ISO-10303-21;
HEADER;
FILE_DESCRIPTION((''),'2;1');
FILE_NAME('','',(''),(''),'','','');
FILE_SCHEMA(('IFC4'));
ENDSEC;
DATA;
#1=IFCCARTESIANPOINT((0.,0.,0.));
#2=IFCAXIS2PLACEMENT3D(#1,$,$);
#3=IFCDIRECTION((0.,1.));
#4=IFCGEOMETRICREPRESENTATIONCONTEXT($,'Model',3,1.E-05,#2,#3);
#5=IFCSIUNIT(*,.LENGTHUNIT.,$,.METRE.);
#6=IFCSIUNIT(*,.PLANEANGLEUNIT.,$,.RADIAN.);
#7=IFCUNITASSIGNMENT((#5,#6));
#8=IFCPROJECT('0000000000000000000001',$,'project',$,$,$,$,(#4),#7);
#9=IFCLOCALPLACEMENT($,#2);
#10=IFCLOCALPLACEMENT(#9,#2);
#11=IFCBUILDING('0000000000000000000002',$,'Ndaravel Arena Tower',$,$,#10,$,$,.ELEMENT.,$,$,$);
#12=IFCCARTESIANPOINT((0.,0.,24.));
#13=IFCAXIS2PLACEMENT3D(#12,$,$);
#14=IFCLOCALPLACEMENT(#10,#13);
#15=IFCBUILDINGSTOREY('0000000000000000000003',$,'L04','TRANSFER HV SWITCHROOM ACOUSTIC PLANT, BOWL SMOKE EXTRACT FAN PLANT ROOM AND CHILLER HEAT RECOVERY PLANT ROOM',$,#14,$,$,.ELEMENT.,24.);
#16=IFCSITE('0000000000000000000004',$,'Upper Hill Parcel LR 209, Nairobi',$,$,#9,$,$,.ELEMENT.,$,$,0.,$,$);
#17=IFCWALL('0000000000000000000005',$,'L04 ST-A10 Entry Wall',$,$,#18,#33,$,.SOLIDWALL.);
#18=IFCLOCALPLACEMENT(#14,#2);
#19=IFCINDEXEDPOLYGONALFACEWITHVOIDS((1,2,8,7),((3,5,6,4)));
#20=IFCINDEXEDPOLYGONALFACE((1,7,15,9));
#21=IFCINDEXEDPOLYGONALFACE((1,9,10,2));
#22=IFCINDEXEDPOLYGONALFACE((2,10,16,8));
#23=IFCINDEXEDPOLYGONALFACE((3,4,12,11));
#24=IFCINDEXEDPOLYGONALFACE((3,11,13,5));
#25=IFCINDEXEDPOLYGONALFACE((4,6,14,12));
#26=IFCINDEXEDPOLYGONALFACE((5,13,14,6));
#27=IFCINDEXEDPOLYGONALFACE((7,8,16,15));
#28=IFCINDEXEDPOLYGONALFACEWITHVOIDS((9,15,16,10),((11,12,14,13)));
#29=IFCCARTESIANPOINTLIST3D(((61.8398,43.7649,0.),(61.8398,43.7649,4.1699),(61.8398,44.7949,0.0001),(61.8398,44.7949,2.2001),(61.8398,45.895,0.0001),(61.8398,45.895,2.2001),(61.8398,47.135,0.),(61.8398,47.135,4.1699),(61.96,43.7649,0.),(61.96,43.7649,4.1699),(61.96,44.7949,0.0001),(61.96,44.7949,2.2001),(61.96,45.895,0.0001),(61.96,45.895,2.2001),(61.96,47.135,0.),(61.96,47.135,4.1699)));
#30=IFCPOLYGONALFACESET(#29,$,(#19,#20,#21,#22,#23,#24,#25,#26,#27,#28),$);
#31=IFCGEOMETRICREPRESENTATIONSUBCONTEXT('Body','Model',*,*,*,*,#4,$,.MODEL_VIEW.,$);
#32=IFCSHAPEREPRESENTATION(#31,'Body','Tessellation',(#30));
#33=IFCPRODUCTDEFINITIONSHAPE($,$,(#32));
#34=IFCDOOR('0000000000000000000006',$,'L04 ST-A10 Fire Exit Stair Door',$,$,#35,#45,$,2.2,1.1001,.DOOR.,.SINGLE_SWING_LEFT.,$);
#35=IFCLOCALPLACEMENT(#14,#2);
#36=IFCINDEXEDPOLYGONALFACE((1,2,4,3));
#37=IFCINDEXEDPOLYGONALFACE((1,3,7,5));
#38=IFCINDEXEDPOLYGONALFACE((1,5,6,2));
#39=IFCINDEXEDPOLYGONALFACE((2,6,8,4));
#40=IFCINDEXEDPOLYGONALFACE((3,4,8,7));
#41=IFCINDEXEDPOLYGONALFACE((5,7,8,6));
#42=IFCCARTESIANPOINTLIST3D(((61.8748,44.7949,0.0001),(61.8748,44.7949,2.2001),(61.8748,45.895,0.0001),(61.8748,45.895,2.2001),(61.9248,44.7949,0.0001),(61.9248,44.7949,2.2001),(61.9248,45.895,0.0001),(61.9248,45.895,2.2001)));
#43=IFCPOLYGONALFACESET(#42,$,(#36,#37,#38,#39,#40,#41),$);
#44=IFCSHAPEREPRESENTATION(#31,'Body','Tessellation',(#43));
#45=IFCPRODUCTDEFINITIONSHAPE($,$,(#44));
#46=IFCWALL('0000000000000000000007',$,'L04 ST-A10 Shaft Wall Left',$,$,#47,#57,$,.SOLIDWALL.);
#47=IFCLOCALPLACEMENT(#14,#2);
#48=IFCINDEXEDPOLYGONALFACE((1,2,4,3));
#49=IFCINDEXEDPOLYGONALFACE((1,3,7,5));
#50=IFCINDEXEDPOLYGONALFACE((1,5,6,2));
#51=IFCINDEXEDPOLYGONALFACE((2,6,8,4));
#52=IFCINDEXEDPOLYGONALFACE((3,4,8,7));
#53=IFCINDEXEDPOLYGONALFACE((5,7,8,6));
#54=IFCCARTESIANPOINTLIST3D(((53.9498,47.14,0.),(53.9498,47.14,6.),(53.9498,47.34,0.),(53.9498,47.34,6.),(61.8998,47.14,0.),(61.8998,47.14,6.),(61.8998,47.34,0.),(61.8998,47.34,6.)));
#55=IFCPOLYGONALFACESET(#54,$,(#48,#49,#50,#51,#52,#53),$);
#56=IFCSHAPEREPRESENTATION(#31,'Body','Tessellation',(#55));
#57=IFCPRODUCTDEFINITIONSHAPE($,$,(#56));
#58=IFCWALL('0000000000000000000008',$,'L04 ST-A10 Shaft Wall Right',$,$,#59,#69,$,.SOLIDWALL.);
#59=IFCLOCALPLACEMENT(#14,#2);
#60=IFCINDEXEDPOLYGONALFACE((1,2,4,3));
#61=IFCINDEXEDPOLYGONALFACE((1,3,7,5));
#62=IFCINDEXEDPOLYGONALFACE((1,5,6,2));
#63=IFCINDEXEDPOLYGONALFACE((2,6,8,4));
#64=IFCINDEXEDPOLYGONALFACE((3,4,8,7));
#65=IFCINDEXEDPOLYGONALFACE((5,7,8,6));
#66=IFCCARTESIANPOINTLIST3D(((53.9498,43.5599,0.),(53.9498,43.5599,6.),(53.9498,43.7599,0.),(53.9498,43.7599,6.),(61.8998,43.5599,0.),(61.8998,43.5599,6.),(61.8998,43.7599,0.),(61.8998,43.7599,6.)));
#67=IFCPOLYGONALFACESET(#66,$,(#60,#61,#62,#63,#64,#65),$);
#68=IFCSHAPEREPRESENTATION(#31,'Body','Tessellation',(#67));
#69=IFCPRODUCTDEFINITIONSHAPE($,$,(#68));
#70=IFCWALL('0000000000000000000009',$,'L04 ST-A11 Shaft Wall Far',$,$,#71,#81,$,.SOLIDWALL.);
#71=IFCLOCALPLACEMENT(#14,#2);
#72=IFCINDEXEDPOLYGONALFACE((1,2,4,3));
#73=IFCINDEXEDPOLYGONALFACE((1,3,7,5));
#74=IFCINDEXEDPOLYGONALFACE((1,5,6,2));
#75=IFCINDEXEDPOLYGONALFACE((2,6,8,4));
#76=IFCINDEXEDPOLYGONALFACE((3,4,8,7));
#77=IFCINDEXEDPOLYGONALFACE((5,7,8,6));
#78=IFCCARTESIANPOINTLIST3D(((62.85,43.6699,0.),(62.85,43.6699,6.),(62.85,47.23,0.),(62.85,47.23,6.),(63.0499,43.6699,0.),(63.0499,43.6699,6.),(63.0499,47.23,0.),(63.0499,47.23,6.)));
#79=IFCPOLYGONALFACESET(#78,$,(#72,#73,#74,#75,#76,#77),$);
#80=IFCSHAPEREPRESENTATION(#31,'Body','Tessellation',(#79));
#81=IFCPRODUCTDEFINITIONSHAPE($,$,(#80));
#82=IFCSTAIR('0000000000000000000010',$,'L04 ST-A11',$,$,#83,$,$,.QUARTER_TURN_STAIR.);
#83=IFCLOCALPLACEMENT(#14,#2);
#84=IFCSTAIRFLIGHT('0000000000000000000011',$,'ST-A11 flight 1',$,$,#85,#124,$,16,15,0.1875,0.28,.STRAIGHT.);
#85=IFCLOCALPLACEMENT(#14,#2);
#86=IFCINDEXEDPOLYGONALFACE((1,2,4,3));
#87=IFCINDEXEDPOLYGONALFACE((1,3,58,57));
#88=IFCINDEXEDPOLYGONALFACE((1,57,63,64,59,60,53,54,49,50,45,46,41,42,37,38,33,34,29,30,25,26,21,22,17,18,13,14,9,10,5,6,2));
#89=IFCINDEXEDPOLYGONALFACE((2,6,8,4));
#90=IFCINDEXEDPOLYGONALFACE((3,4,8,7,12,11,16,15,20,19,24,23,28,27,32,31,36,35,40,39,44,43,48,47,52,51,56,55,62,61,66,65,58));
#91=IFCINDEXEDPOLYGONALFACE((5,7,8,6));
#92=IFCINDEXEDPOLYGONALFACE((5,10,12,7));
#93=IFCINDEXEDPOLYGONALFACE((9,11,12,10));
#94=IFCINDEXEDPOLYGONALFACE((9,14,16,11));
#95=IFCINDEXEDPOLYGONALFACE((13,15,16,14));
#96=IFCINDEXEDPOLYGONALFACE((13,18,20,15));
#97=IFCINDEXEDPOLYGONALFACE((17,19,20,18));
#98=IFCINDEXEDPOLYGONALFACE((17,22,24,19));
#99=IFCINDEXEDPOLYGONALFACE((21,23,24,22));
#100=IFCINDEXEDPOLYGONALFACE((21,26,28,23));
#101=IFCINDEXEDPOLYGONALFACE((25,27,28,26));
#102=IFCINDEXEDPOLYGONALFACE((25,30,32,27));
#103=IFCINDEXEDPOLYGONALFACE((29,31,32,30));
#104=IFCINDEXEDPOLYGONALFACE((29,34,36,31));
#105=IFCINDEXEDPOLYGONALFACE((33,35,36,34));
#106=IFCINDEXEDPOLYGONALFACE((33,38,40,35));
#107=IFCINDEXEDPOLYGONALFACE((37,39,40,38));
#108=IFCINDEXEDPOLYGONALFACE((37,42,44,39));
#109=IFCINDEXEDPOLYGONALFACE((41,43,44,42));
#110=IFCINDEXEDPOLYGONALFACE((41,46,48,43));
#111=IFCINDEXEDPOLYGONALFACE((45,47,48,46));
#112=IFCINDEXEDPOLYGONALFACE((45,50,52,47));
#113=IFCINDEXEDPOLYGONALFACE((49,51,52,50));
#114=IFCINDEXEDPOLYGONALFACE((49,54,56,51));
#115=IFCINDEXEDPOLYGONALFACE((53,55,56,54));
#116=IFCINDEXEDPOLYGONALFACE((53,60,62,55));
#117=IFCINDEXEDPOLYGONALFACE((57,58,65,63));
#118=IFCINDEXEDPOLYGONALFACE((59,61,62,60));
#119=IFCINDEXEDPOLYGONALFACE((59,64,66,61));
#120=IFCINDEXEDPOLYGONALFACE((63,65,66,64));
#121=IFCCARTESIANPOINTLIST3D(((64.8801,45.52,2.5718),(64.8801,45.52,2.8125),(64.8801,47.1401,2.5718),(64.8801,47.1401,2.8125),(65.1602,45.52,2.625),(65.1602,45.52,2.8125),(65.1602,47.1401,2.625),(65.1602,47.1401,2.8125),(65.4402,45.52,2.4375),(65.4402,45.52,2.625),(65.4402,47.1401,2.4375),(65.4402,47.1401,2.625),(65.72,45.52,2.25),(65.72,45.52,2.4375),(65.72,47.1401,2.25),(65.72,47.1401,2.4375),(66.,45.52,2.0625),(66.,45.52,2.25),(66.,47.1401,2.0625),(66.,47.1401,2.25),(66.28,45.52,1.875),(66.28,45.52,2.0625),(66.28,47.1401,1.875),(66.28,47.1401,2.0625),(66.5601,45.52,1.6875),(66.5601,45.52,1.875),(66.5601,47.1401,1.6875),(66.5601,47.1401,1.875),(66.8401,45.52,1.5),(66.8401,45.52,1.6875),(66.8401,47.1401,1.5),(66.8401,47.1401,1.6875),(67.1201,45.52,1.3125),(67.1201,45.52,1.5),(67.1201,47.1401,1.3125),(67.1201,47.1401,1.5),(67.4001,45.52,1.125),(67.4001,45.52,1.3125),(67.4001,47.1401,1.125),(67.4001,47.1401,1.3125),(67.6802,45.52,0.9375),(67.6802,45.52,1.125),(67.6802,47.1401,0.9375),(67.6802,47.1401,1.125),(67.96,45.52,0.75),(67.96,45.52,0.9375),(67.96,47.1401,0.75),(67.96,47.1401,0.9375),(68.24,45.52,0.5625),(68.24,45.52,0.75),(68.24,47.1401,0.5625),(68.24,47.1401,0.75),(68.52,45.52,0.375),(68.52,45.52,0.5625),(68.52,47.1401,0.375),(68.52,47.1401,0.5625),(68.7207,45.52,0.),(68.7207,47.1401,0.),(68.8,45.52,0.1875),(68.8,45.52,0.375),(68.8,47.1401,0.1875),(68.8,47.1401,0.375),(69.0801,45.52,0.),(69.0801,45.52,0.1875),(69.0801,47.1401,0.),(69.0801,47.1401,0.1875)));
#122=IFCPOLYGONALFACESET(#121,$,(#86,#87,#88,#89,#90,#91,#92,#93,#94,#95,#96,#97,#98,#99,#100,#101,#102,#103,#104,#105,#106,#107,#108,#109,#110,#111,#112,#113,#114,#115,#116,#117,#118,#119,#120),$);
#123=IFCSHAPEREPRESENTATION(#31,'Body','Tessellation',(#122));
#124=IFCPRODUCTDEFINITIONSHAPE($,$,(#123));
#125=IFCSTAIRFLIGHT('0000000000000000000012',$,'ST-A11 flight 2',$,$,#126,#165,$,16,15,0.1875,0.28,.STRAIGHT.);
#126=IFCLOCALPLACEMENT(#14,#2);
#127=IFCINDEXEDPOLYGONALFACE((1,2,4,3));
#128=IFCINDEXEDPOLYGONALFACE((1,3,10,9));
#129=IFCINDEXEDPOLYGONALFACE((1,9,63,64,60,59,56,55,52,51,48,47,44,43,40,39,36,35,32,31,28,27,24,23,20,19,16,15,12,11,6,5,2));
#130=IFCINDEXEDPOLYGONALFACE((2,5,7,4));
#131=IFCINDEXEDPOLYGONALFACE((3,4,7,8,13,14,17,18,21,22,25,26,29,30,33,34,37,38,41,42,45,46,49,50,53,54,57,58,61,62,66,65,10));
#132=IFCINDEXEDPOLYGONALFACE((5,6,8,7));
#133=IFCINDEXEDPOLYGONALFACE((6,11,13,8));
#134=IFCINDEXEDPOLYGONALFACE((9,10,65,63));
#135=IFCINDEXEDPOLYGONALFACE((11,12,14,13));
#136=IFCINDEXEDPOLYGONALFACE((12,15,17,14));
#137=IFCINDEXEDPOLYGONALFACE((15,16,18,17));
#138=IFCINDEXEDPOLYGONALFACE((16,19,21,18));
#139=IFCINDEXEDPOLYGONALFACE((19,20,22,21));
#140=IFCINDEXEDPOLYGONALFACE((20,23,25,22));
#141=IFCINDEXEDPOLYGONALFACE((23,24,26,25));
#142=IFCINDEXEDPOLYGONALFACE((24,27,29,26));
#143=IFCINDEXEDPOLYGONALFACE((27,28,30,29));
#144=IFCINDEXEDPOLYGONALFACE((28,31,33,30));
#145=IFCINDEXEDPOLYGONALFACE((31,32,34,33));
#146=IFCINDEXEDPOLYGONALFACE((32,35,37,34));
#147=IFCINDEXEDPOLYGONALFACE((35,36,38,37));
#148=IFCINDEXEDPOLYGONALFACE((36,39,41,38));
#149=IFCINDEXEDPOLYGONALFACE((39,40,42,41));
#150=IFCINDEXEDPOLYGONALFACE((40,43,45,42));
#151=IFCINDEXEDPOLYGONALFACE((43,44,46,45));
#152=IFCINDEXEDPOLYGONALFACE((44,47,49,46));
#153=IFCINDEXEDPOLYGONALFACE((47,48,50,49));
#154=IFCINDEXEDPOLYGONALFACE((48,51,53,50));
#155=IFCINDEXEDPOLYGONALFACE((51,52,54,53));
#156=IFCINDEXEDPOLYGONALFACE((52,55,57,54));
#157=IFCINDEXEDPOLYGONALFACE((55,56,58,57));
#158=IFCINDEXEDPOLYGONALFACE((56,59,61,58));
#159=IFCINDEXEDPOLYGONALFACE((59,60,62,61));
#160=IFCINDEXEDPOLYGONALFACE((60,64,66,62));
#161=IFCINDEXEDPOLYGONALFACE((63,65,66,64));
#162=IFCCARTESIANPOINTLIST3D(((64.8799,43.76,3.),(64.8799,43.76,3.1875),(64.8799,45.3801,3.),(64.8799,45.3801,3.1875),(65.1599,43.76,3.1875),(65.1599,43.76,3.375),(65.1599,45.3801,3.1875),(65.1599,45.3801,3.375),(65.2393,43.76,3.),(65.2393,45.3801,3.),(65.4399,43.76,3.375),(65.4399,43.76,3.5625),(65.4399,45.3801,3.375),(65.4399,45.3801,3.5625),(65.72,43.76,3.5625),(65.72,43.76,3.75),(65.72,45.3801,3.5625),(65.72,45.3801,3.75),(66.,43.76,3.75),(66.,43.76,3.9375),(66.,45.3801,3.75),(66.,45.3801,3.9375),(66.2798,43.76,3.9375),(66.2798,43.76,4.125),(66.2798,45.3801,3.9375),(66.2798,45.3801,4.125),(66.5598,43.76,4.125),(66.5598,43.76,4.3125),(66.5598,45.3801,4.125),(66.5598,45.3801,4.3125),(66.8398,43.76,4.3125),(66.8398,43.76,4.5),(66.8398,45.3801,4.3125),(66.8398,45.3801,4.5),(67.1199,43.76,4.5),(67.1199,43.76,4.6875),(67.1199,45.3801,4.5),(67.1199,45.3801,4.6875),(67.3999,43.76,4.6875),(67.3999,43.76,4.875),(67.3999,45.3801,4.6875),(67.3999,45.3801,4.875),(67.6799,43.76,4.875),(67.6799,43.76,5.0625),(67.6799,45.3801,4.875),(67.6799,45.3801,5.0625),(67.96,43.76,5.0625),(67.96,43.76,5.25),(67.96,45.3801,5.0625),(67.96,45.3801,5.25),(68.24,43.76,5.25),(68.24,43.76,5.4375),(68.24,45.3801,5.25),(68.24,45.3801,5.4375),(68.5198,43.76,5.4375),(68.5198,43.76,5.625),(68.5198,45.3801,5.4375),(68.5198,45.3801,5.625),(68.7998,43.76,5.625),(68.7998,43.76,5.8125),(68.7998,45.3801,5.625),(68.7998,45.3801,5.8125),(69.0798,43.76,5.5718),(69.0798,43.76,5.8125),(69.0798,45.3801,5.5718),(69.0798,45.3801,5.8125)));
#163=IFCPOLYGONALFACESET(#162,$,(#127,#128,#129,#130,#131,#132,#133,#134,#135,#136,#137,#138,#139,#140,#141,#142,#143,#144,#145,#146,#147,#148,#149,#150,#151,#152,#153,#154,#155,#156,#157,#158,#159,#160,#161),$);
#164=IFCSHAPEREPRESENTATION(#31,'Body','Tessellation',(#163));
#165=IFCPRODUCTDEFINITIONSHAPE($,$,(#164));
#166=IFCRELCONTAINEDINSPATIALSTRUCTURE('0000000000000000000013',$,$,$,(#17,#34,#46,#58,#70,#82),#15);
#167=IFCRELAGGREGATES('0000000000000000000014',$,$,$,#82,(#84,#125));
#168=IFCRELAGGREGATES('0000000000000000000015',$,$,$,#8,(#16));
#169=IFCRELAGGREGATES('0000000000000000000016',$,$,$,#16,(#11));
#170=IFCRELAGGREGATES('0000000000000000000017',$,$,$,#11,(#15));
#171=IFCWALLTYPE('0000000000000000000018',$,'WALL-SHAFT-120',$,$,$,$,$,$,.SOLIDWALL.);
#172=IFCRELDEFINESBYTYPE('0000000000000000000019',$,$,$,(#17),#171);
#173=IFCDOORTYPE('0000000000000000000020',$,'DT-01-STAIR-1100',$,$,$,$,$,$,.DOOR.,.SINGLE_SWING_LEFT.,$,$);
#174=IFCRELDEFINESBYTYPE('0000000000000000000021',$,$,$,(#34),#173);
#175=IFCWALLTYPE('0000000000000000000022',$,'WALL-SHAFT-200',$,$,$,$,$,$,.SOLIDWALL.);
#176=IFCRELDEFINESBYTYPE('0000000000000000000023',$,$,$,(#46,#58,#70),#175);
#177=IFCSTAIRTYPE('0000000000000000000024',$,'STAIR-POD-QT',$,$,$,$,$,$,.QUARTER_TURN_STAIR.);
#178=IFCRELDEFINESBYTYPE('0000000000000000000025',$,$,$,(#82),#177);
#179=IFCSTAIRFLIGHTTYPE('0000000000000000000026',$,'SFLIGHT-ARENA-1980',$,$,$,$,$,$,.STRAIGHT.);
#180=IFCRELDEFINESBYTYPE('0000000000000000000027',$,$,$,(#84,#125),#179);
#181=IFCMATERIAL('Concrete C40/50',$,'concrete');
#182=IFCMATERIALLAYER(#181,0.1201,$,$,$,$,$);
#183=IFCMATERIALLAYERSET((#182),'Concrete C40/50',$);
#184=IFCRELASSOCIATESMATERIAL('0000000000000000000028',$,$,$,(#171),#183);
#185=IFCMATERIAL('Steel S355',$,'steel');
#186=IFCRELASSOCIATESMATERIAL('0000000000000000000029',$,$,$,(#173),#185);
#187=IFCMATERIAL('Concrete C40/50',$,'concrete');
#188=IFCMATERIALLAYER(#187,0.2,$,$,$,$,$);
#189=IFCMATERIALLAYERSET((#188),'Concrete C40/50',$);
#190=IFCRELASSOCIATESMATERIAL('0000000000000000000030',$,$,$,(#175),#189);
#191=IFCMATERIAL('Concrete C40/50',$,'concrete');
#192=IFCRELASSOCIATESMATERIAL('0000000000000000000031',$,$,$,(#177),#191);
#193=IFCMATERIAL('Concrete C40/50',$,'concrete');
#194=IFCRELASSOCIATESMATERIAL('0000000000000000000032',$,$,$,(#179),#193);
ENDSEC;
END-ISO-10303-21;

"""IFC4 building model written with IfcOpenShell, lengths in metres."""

from ifc_helpers import new_model, si_unit, direction, frame, frame_2d, origin, place, context, subcontext, project, spatial, polyline, rectangle, outline, extrude, material, layer, layer_set, type_object, element, fill, aggregate, save


model = new_model("IFC4")

# Units and contexts
model_context = context("Model", 3, precision=1e-05, world=origin(), true_north=direction((0.0, 1.0)))
body_context = subcontext(model_context, "Body", "Model", "MODEL_VIEW")
ifc_project = project(units=[si_unit("LENGTHUNIT", "METRE"), si_unit("PLANEANGLEUNIT", "RADIAN")], contexts=[model_context])

# Site, building, storey
site_placement = place(None, origin())
site = spatial("IfcSite", under=ifc_project, at=site_placement, Name="Upper Hill Parcel LR 209, Nairobi", CompositionType="ELEMENT", RefElevation=0.0)
building_placement = place(site_placement, origin())
building = spatial("IfcBuilding", under=site, at=building_placement, Name="Ndaravel Arena Tower", CompositionType="ELEMENT")
storey_placement = place(building_placement, frame((0.0, 0.0, 24.0)))
storey = spatial("IfcBuildingStorey", under=building, at=storey_placement, Name="L04", Description="TRANSFER HV SWITCHROOM ACOUSTIC PLANT, BOWL SMOKE EXTRACT FAN PLANT ROOM AND CHILLER HEAT RECOVERY PLANT ROOM", CompositionType="ELEMENT", Elevation=24.0)

# Wall, opening, door
ifc_material_1 = material(Name="Concrete C40/50", Category="concrete")
ifc_layer_1 = layer(ifc_material_1, 0.1201)
ifc_layer_set_1 = layer_set([ifc_layer_1], Name="Concrete C40/50")
wall_type_1 = type_object("IfcWallType", Name="WALL-SHAFT-120", PredefinedType="SOLIDWALL", material=ifc_layer_set_1)
wall_1_placement = place(storey_placement, frame((61.8999, 47.135, 0.0), z_axis=(0.0, 0.0, 1.0), x_axis=(0.0, -1.0, 0.0)))
wall_1 = element("IfcWall", 1, at=wall_1_placement, inside=storey, type_object=wall_type_1, Name="L04 ST-A10 Entry Wall", PredefinedType="SOLIDWALL", context=body_context, shape_type="SweptSolid", body=[
    extrude(rectangle(XDim=3.3701, YDim=0.1201, at=frame_2d((1.6851, 0.0))), origin(), (0.0, 0.0, 1.0), 4.1699),
])
opening_placement = place(wall_1_placement, frame((1.24, 0.0, 0.0)))
opening = element("IfcOpeningElement", 2, at=opening_placement, cuts=wall_1, PredefinedType="OPENING", context=body_context, shape_type="SweptSolid", body=[
    extrude(rectangle(XDim=1.1001, YDim=2.2, at=frame_2d((0.55, 1.1001))), frame((0.0, 0.0601, 0.0), z_axis=(0.0, -1.0, 0.0), x_axis=(1.0, 0.0, 0.0)), (0.0, 0.0, 1.0), 0.1201),
])
ifc_material_2 = material(Name="Steel S355", Category="steel")
door_type = type_object("IfcDoorType", Name="DT-01-STAIR-1100", OperationType="SINGLE_SWING_LEFT", PredefinedType="DOOR", material=ifc_material_2)
door_placement = place(opening_placement, origin())
door = element("IfcDoor", 3, at=door_placement, inside=storey, type_object=door_type, Name="L04 ST-A10 Fire Exit Stair Door", OperationType="SINGLE_SWING_LEFT", OverallHeight=2.2, OverallWidth=1.1001, PredefinedType="DOOR", context=body_context, shape_type="SweptSolid", body=[
    extrude(rectangle(XDim=1.1001, YDim=2.2, at=frame_2d((0.55, 1.1001))), frame((0.0, 0.0249, 0.0), z_axis=(0.0, -1.0, 0.0), x_axis=(1.0, 0.0, 0.0)), (0.0, 0.0, 1.0), 0.05),
])
fill(opening, door)

# Walls
ifc_material_3 = material(Name="Concrete C40/50", Category="concrete")
ifc_layer_2 = layer(ifc_material_3, 0.2)
ifc_layer_set_2 = layer_set([ifc_layer_2], Name="Concrete C40/50")
wall_type_2 = type_object("IfcWallType", Name="WALL-SHAFT-200", PredefinedType="SOLIDWALL", material=ifc_layer_set_2)
for number, where, z_axis, x_axis, name in (
    (4, (61.8999, 47.24, 0.0), (0.0, 0.0, 1.0), (-1.0, 0.0, 0.0), "L04 ST-A10 Shaft Wall Left"),
    (5, (61.8999, 43.6599, 0.0), (0.0, 0.0, 1.0), (-1.0, 0.0, 0.0), "L04 ST-A10 Shaft Wall Right"),
):
    element("IfcWall", number, at=place(storey_placement, frame(where, z_axis=z_axis, x_axis=x_axis)), inside=storey, type_object=wall_type_2, Name=name, PredefinedType="SOLIDWALL", context=body_context, shape_type="SweptSolid", body=[
        extrude(rectangle(XDim=7.95, YDim=0.2, at=frame_2d((3.9751, 0.0))), origin(), (0.0, 0.0, 1.0), 6.0),
    ])
wall_2_placement = place(storey_placement, frame((62.95, 47.23, 0.0), z_axis=(0.0, 0.0, 1.0), x_axis=(0.0, -1.0, 0.0)))
element("IfcWall", 6, at=wall_2_placement, inside=storey, type_object=wall_type_2, Name="L04 ST-A11 Shaft Wall Far", PredefinedType="SOLIDWALL", context=body_context, shape_type="SweptSolid", body=[
    extrude(rectangle(XDim=3.5601, YDim=0.2, at=frame_2d((1.78, 0.0))), origin(), (0.0, 0.0, 1.0), 6.0),
])

# Stair, stair flights
ifc_material_4 = material(Name="Concrete C40/50", Category="concrete")
stair_type = type_object("IfcStairType", Name="STAIR-POD-QT", PredefinedType="QUARTER_TURN_STAIR", material=ifc_material_4)
stair_placement = place(storey_placement, origin())
stair = element("IfcStair", 7, at=stair_placement, inside=storey, type_object=stair_type, Name="L04 ST-A11", PredefinedType="QUARTER_TURN_STAIR")
ifc_material_5 = material(Name="Concrete C40/50", Category="concrete")
stair_flight_type = type_object("IfcStairFlightType", Name="SFLIGHT-ARENA-1980", PredefinedType="STRAIGHT", material=ifc_material_5)
stair_flight_1_placement = place(storey_placement, frame((69.0801, 46.3301, 0.0), z_axis=(0.0, 0.0, 1.0), x_axis=(-1.0, 0.0, 0.0)))
stair_flight_1 = element("IfcStairFlight", 8, at=stair_flight_1_placement, type_object=stair_flight_type, Name="ST-A11 flight 1", NumberOfRisers=16, NumberOfTreads=15, PredefinedType="STRAIGHT", RiserHeight=0.1875, TreadLength=0.28, context=body_context, shape_type="SweptSolid", body=[
    extrude(outline(polyline([(0.0, 0.0), (0.0, 0.1875), (0.28, 0.1875), (0.28, 0.375), (0.5601, 0.375), (0.5601, 0.5625), (0.8401, 0.5625), (0.8401, 0.75), (1.1201, 0.75), (1.1201, 0.9375), (1.3999, 0.9375), (1.3999, 1.125), (1.6799, 1.125), (1.6799, 1.3125), (1.96, 1.3125), (1.96, 1.5), (2.24, 1.5), (2.24, 1.6875), (2.52, 1.6875), (2.52, 1.875), (2.8, 1.875), (2.8, 2.0625), (3.0801, 2.0625), (3.0801, 2.25), (3.3601, 2.25), (3.3601, 2.4375), (3.6399, 2.4375), (3.6399, 2.625), (3.9199, 2.625), (3.9199, 2.8125), (4.2, 2.8125), (4.2, 3.0), (4.2, 2.5718), (0.3594, 0.0), (0.0, 0.0)])), frame((0.0, 0.8101, 0.0), z_axis=(0.0, -1.0, 0.0), x_axis=(1.0, 0.0, 0.0)), (0.0, 0.0, 1.0), 1.6201),
])
stair_flight_2_placement = place(storey_placement, frame((64.8799, 44.5701, 3.0), z_axis=(0.0, 0.0, 1.0), x_axis=(1.0, 0.0, 0.0)))
stair_flight_2 = element("IfcStairFlight", 9, at=stair_flight_2_placement, type_object=stair_flight_type, Name="ST-A11 flight 2", NumberOfRisers=16, NumberOfTreads=15, PredefinedType="STRAIGHT", RiserHeight=0.1875, TreadLength=0.28, context=body_context, shape_type="SweptSolid", body=[
    extrude(outline(polyline([(0.0, 0.0), (0.0, 0.1875), (0.28, 0.1875), (0.28, 0.375), (0.5601, 0.375), (0.5601, 0.5625), (0.8401, 0.5625), (0.8401, 0.75), (1.1201, 0.75), (1.1201, 0.9375), (1.3999, 0.9375), (1.3999, 1.125), (1.6799, 1.125), (1.6799, 1.3125), (1.96, 1.3125), (1.96, 1.5), (2.24, 1.5), (2.24, 1.6875), (2.52, 1.6875), (2.52, 1.875), (2.8, 1.875), (2.8, 2.0625), (3.0801, 2.0625), (3.0801, 2.25), (3.3601, 2.25), (3.3601, 2.4375), (3.6399, 2.4375), (3.6399, 2.625), (3.9199, 2.625), (3.9199, 2.8125), (4.2, 2.8125), (4.2, 3.0), (4.2, 2.5718), (0.3594, 0.0), (0.0, 0.0)])), frame((0.0, 0.8101, 0.0), z_axis=(0.0, -1.0, 0.0), x_axis=(1.0, 0.0, 0.0)), (0.0, 0.0, 1.0), 1.6201),
])
aggregate(stair, [stair_flight_1, stair_flight_2])

save(model, "model.ifc")
